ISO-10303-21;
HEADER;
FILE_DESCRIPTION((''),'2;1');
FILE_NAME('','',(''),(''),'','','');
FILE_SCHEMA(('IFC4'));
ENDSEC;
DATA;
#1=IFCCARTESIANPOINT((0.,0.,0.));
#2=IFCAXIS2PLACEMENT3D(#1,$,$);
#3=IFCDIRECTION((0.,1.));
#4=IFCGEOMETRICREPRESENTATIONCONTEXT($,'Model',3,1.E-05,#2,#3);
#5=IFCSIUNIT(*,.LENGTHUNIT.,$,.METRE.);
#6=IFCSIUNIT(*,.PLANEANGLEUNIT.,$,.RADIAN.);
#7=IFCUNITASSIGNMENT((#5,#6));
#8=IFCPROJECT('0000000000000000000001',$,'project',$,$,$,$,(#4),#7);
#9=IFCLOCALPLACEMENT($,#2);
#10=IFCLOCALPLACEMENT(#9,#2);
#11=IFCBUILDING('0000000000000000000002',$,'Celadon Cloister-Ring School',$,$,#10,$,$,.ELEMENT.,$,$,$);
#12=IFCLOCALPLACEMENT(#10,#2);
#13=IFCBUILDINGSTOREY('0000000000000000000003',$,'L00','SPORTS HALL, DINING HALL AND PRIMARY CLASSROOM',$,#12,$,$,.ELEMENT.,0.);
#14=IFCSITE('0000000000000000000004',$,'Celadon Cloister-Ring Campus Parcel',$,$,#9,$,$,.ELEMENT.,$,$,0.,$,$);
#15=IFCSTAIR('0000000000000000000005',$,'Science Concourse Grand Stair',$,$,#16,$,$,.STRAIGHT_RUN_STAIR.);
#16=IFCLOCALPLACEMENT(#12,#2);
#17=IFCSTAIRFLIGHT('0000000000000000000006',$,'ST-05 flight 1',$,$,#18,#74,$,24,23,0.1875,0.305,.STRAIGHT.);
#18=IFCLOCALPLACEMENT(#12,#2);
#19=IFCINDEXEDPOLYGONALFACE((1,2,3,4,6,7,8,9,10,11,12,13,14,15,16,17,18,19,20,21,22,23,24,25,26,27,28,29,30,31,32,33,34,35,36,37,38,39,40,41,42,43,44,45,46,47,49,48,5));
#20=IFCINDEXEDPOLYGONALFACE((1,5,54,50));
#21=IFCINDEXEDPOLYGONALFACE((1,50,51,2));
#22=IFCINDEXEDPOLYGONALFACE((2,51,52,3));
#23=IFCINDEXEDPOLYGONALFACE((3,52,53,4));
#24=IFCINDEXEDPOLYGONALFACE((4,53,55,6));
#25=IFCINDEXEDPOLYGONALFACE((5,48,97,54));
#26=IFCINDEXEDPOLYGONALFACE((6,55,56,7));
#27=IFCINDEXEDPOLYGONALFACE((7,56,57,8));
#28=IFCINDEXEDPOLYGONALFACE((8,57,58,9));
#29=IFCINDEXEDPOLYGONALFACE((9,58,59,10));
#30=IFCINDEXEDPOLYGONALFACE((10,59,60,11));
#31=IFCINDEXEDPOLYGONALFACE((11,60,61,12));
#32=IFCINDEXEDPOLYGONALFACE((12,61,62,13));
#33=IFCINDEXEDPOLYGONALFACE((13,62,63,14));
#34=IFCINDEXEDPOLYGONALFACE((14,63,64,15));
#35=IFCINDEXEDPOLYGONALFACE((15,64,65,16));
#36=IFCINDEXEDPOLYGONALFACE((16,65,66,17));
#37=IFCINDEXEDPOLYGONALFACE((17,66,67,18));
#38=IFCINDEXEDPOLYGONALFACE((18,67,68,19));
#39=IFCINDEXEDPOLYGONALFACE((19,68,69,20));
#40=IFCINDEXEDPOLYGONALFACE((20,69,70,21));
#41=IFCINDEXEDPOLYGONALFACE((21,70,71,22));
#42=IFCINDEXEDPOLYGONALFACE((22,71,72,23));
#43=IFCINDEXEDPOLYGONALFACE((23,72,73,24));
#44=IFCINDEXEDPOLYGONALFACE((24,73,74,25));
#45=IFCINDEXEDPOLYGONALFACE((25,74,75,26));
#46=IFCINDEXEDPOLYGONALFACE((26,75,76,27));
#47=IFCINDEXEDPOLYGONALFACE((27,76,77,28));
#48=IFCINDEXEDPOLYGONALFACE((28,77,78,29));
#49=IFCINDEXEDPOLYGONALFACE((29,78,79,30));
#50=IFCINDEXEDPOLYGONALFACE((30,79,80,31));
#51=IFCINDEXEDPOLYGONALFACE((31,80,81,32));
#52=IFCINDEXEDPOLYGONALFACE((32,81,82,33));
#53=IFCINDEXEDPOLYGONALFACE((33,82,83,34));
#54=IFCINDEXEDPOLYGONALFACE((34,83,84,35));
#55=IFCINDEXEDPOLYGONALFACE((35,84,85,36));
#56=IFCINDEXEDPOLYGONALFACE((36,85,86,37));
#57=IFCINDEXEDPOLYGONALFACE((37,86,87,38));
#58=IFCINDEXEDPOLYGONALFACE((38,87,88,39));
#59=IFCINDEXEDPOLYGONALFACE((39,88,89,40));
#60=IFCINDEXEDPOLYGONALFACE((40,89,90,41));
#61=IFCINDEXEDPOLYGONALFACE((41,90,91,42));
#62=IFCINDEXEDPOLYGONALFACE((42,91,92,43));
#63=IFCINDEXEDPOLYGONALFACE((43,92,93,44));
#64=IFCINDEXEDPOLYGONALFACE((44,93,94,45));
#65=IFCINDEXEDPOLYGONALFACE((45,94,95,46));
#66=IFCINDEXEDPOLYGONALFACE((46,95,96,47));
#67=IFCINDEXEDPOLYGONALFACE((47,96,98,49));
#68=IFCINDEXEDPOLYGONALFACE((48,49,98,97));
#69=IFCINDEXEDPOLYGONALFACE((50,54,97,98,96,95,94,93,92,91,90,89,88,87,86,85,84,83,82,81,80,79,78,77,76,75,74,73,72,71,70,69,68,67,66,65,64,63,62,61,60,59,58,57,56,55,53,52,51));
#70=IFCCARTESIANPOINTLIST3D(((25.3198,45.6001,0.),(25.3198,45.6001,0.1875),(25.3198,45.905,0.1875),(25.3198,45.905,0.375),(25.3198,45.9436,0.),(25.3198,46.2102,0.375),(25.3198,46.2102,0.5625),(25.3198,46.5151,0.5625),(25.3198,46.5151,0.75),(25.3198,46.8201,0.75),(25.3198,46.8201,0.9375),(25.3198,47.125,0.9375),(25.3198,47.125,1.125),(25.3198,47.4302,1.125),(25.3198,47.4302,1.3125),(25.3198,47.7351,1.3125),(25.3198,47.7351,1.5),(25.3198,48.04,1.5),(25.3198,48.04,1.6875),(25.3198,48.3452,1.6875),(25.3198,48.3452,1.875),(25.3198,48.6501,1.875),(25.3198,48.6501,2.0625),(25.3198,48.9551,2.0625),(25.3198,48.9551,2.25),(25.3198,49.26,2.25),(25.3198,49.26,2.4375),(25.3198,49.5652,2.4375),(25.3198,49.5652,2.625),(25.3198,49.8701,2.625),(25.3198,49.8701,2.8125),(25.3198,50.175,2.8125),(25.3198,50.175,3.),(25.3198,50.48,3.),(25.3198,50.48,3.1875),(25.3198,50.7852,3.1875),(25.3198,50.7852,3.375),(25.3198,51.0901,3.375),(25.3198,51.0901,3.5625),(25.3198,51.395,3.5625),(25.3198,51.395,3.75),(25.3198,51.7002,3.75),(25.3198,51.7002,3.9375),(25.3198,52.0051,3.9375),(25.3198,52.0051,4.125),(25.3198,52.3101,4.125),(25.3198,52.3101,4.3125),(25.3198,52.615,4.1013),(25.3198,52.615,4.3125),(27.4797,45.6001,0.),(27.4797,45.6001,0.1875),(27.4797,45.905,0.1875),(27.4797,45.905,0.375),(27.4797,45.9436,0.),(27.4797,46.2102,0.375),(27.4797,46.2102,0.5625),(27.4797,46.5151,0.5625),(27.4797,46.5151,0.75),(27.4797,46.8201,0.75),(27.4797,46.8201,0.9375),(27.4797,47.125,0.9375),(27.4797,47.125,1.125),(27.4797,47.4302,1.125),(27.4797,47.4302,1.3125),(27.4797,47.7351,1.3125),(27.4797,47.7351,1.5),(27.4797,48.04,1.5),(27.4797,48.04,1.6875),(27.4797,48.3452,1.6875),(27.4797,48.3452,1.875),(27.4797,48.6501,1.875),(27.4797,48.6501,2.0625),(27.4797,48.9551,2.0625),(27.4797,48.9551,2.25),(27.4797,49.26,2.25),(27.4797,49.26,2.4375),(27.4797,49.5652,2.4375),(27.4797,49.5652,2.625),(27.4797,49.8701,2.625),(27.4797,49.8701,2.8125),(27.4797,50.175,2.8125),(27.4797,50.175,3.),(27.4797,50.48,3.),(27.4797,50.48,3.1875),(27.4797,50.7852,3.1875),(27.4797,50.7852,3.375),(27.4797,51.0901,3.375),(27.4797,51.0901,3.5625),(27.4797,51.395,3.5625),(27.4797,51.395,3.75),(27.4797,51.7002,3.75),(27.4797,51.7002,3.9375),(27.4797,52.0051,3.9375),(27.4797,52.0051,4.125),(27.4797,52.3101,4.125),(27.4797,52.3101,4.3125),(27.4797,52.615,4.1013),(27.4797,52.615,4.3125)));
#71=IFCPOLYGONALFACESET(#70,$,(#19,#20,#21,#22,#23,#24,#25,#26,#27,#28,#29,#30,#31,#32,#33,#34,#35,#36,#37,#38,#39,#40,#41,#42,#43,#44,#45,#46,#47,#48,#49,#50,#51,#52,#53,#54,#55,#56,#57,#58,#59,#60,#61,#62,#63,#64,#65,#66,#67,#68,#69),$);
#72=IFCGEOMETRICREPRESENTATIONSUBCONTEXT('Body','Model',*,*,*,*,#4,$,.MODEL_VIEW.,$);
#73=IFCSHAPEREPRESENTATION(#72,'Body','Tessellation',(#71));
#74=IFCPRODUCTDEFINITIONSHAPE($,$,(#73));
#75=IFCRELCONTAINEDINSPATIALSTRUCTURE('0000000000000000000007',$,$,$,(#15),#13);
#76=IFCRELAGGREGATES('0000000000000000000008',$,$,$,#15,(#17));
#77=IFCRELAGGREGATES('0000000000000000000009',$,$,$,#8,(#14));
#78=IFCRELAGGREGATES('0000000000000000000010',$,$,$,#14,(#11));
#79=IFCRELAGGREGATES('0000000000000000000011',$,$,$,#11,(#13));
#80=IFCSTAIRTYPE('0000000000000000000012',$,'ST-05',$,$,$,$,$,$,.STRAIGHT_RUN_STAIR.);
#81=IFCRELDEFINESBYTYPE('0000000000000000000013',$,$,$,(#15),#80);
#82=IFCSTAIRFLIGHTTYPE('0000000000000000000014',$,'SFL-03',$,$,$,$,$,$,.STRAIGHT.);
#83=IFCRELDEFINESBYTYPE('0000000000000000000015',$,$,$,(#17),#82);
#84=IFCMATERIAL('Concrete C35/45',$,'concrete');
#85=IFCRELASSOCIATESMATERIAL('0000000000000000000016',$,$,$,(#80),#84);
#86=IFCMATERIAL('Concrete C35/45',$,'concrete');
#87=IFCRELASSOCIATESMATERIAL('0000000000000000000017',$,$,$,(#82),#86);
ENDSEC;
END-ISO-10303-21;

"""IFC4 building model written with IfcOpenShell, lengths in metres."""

from ifc_helpers import new_model, si_unit, direction, frame, origin, place, context, subcontext, project, spatial, polyline, outline, extrude, material, type_object, element, aggregate, save


model = new_model("IFC4")

# Units and contexts
model_context = context("Model", 3, precision=1e-05, world=origin(), true_north=direction((0.0, 1.0)))
body_context = subcontext(model_context, "Body", "Model", "MODEL_VIEW")
ifc_project = project(units=[si_unit("LENGTHUNIT", "METRE"), si_unit("PLANEANGLEUNIT", "RADIAN")], contexts=[model_context])

# Site, building, storey
site_placement = place(None, origin())
site = spatial("IfcSite", under=ifc_project, at=site_placement, Name="Celadon Cloister-Ring Campus Parcel", CompositionType="ELEMENT", RefElevation=0.0)
building_placement = place(site_placement, origin())
building = spatial("IfcBuilding", under=site, at=building_placement, Name="Celadon Cloister-Ring School", CompositionType="ELEMENT")
storey_placement = place(building_placement, origin())
storey = spatial("IfcBuildingStorey", under=building, at=storey_placement, Name="L00", Description="SPORTS HALL, DINING HALL AND PRIMARY CLASSROOM", CompositionType="ELEMENT", Elevation=0.0)

# Stair, stair flight
ifc_material_1 = material(Name="Concrete C35/45", Category="concrete")
stair_type = type_object("IfcStairType", Name="ST-05", PredefinedType="STRAIGHT_RUN_STAIR", material=ifc_material_1)
stair_placement = place(storey_placement, origin())
stair = element("IfcStair", 1, at=stair_placement, inside=storey, type_object=stair_type, Name="Science Concourse Grand Stair", PredefinedType="STRAIGHT_RUN_STAIR")
ifc_material_2 = material(Name="Concrete C35/45", Category="concrete")
stair_flight_type = type_object("IfcStairFlightType", Name="SFL-03", PredefinedType="STRAIGHT", material=ifc_material_2)
stair_flight_placement = place(storey_placement, frame((26.3999, 45.6001, 0.0), z_axis=(0.0, 0.0, 1.0), x_axis=(0.0, 1.0, 0.0)))
stair_flight = element("IfcStairFlight", 2, at=stair_flight_placement, type_object=stair_flight_type, Name="ST-05 flight 1", NumberOfRisers=24, NumberOfTreads=23, PredefinedType="STRAIGHT", RiserHeight=0.1875, TreadLength=0.305, context=body_context, shape_type="SweptSolid", body=[
    extrude(outline(polyline([(0.0, 0.0), (0.0, 0.1875), (0.3049, 0.1875), (0.3049, 0.375), (0.6101, 0.375), (0.6101, 0.5625), (0.915, 0.5625), (0.915, 0.75), (1.22, 0.75), (1.22, 0.9375), (1.5249, 0.9375), (1.5249, 1.125), (1.8301, 1.125), (1.8301, 1.3125), (2.135, 1.3125), (2.135, 1.5), (2.4399, 1.5), (2.4399, 1.6875), (2.7451, 1.6875), (2.7451, 1.875), (3.05, 1.875), (3.05, 2.0625), (3.355, 2.0625), (3.355, 2.25), (3.6599, 2.25), (3.6599, 2.4375), (3.9651, 2.4375), (3.9651, 2.625), (4.27, 2.625), (4.27, 2.8125), (4.575, 2.8125), (4.575, 3.0), (4.8799, 3.0), (4.8799, 3.1875), (5.1851, 3.1875), (5.1851, 3.375), (5.49, 3.375), (5.49, 3.5625), (5.7949, 3.5625), (5.7949, 3.75), (6.1001, 3.75), (6.1001, 3.9375), (6.405, 3.9375), (6.405, 4.125), (6.71, 4.125), (6.71, 4.3125), (7.0149, 4.3125), (7.0149, 4.5), (7.0149, 4.1013), (0.3435, 0.0), (0.0, 0.0)])), frame((0.0, 1.0801, 0.0), z_axis=(0.0, -1.0, 0.0), x_axis=(1.0, 0.0, 0.0)), (0.0, 0.0, 1.0), 2.1599),
])
aggregate(stair, [stair_flight])

save(model, "model.ifc")
